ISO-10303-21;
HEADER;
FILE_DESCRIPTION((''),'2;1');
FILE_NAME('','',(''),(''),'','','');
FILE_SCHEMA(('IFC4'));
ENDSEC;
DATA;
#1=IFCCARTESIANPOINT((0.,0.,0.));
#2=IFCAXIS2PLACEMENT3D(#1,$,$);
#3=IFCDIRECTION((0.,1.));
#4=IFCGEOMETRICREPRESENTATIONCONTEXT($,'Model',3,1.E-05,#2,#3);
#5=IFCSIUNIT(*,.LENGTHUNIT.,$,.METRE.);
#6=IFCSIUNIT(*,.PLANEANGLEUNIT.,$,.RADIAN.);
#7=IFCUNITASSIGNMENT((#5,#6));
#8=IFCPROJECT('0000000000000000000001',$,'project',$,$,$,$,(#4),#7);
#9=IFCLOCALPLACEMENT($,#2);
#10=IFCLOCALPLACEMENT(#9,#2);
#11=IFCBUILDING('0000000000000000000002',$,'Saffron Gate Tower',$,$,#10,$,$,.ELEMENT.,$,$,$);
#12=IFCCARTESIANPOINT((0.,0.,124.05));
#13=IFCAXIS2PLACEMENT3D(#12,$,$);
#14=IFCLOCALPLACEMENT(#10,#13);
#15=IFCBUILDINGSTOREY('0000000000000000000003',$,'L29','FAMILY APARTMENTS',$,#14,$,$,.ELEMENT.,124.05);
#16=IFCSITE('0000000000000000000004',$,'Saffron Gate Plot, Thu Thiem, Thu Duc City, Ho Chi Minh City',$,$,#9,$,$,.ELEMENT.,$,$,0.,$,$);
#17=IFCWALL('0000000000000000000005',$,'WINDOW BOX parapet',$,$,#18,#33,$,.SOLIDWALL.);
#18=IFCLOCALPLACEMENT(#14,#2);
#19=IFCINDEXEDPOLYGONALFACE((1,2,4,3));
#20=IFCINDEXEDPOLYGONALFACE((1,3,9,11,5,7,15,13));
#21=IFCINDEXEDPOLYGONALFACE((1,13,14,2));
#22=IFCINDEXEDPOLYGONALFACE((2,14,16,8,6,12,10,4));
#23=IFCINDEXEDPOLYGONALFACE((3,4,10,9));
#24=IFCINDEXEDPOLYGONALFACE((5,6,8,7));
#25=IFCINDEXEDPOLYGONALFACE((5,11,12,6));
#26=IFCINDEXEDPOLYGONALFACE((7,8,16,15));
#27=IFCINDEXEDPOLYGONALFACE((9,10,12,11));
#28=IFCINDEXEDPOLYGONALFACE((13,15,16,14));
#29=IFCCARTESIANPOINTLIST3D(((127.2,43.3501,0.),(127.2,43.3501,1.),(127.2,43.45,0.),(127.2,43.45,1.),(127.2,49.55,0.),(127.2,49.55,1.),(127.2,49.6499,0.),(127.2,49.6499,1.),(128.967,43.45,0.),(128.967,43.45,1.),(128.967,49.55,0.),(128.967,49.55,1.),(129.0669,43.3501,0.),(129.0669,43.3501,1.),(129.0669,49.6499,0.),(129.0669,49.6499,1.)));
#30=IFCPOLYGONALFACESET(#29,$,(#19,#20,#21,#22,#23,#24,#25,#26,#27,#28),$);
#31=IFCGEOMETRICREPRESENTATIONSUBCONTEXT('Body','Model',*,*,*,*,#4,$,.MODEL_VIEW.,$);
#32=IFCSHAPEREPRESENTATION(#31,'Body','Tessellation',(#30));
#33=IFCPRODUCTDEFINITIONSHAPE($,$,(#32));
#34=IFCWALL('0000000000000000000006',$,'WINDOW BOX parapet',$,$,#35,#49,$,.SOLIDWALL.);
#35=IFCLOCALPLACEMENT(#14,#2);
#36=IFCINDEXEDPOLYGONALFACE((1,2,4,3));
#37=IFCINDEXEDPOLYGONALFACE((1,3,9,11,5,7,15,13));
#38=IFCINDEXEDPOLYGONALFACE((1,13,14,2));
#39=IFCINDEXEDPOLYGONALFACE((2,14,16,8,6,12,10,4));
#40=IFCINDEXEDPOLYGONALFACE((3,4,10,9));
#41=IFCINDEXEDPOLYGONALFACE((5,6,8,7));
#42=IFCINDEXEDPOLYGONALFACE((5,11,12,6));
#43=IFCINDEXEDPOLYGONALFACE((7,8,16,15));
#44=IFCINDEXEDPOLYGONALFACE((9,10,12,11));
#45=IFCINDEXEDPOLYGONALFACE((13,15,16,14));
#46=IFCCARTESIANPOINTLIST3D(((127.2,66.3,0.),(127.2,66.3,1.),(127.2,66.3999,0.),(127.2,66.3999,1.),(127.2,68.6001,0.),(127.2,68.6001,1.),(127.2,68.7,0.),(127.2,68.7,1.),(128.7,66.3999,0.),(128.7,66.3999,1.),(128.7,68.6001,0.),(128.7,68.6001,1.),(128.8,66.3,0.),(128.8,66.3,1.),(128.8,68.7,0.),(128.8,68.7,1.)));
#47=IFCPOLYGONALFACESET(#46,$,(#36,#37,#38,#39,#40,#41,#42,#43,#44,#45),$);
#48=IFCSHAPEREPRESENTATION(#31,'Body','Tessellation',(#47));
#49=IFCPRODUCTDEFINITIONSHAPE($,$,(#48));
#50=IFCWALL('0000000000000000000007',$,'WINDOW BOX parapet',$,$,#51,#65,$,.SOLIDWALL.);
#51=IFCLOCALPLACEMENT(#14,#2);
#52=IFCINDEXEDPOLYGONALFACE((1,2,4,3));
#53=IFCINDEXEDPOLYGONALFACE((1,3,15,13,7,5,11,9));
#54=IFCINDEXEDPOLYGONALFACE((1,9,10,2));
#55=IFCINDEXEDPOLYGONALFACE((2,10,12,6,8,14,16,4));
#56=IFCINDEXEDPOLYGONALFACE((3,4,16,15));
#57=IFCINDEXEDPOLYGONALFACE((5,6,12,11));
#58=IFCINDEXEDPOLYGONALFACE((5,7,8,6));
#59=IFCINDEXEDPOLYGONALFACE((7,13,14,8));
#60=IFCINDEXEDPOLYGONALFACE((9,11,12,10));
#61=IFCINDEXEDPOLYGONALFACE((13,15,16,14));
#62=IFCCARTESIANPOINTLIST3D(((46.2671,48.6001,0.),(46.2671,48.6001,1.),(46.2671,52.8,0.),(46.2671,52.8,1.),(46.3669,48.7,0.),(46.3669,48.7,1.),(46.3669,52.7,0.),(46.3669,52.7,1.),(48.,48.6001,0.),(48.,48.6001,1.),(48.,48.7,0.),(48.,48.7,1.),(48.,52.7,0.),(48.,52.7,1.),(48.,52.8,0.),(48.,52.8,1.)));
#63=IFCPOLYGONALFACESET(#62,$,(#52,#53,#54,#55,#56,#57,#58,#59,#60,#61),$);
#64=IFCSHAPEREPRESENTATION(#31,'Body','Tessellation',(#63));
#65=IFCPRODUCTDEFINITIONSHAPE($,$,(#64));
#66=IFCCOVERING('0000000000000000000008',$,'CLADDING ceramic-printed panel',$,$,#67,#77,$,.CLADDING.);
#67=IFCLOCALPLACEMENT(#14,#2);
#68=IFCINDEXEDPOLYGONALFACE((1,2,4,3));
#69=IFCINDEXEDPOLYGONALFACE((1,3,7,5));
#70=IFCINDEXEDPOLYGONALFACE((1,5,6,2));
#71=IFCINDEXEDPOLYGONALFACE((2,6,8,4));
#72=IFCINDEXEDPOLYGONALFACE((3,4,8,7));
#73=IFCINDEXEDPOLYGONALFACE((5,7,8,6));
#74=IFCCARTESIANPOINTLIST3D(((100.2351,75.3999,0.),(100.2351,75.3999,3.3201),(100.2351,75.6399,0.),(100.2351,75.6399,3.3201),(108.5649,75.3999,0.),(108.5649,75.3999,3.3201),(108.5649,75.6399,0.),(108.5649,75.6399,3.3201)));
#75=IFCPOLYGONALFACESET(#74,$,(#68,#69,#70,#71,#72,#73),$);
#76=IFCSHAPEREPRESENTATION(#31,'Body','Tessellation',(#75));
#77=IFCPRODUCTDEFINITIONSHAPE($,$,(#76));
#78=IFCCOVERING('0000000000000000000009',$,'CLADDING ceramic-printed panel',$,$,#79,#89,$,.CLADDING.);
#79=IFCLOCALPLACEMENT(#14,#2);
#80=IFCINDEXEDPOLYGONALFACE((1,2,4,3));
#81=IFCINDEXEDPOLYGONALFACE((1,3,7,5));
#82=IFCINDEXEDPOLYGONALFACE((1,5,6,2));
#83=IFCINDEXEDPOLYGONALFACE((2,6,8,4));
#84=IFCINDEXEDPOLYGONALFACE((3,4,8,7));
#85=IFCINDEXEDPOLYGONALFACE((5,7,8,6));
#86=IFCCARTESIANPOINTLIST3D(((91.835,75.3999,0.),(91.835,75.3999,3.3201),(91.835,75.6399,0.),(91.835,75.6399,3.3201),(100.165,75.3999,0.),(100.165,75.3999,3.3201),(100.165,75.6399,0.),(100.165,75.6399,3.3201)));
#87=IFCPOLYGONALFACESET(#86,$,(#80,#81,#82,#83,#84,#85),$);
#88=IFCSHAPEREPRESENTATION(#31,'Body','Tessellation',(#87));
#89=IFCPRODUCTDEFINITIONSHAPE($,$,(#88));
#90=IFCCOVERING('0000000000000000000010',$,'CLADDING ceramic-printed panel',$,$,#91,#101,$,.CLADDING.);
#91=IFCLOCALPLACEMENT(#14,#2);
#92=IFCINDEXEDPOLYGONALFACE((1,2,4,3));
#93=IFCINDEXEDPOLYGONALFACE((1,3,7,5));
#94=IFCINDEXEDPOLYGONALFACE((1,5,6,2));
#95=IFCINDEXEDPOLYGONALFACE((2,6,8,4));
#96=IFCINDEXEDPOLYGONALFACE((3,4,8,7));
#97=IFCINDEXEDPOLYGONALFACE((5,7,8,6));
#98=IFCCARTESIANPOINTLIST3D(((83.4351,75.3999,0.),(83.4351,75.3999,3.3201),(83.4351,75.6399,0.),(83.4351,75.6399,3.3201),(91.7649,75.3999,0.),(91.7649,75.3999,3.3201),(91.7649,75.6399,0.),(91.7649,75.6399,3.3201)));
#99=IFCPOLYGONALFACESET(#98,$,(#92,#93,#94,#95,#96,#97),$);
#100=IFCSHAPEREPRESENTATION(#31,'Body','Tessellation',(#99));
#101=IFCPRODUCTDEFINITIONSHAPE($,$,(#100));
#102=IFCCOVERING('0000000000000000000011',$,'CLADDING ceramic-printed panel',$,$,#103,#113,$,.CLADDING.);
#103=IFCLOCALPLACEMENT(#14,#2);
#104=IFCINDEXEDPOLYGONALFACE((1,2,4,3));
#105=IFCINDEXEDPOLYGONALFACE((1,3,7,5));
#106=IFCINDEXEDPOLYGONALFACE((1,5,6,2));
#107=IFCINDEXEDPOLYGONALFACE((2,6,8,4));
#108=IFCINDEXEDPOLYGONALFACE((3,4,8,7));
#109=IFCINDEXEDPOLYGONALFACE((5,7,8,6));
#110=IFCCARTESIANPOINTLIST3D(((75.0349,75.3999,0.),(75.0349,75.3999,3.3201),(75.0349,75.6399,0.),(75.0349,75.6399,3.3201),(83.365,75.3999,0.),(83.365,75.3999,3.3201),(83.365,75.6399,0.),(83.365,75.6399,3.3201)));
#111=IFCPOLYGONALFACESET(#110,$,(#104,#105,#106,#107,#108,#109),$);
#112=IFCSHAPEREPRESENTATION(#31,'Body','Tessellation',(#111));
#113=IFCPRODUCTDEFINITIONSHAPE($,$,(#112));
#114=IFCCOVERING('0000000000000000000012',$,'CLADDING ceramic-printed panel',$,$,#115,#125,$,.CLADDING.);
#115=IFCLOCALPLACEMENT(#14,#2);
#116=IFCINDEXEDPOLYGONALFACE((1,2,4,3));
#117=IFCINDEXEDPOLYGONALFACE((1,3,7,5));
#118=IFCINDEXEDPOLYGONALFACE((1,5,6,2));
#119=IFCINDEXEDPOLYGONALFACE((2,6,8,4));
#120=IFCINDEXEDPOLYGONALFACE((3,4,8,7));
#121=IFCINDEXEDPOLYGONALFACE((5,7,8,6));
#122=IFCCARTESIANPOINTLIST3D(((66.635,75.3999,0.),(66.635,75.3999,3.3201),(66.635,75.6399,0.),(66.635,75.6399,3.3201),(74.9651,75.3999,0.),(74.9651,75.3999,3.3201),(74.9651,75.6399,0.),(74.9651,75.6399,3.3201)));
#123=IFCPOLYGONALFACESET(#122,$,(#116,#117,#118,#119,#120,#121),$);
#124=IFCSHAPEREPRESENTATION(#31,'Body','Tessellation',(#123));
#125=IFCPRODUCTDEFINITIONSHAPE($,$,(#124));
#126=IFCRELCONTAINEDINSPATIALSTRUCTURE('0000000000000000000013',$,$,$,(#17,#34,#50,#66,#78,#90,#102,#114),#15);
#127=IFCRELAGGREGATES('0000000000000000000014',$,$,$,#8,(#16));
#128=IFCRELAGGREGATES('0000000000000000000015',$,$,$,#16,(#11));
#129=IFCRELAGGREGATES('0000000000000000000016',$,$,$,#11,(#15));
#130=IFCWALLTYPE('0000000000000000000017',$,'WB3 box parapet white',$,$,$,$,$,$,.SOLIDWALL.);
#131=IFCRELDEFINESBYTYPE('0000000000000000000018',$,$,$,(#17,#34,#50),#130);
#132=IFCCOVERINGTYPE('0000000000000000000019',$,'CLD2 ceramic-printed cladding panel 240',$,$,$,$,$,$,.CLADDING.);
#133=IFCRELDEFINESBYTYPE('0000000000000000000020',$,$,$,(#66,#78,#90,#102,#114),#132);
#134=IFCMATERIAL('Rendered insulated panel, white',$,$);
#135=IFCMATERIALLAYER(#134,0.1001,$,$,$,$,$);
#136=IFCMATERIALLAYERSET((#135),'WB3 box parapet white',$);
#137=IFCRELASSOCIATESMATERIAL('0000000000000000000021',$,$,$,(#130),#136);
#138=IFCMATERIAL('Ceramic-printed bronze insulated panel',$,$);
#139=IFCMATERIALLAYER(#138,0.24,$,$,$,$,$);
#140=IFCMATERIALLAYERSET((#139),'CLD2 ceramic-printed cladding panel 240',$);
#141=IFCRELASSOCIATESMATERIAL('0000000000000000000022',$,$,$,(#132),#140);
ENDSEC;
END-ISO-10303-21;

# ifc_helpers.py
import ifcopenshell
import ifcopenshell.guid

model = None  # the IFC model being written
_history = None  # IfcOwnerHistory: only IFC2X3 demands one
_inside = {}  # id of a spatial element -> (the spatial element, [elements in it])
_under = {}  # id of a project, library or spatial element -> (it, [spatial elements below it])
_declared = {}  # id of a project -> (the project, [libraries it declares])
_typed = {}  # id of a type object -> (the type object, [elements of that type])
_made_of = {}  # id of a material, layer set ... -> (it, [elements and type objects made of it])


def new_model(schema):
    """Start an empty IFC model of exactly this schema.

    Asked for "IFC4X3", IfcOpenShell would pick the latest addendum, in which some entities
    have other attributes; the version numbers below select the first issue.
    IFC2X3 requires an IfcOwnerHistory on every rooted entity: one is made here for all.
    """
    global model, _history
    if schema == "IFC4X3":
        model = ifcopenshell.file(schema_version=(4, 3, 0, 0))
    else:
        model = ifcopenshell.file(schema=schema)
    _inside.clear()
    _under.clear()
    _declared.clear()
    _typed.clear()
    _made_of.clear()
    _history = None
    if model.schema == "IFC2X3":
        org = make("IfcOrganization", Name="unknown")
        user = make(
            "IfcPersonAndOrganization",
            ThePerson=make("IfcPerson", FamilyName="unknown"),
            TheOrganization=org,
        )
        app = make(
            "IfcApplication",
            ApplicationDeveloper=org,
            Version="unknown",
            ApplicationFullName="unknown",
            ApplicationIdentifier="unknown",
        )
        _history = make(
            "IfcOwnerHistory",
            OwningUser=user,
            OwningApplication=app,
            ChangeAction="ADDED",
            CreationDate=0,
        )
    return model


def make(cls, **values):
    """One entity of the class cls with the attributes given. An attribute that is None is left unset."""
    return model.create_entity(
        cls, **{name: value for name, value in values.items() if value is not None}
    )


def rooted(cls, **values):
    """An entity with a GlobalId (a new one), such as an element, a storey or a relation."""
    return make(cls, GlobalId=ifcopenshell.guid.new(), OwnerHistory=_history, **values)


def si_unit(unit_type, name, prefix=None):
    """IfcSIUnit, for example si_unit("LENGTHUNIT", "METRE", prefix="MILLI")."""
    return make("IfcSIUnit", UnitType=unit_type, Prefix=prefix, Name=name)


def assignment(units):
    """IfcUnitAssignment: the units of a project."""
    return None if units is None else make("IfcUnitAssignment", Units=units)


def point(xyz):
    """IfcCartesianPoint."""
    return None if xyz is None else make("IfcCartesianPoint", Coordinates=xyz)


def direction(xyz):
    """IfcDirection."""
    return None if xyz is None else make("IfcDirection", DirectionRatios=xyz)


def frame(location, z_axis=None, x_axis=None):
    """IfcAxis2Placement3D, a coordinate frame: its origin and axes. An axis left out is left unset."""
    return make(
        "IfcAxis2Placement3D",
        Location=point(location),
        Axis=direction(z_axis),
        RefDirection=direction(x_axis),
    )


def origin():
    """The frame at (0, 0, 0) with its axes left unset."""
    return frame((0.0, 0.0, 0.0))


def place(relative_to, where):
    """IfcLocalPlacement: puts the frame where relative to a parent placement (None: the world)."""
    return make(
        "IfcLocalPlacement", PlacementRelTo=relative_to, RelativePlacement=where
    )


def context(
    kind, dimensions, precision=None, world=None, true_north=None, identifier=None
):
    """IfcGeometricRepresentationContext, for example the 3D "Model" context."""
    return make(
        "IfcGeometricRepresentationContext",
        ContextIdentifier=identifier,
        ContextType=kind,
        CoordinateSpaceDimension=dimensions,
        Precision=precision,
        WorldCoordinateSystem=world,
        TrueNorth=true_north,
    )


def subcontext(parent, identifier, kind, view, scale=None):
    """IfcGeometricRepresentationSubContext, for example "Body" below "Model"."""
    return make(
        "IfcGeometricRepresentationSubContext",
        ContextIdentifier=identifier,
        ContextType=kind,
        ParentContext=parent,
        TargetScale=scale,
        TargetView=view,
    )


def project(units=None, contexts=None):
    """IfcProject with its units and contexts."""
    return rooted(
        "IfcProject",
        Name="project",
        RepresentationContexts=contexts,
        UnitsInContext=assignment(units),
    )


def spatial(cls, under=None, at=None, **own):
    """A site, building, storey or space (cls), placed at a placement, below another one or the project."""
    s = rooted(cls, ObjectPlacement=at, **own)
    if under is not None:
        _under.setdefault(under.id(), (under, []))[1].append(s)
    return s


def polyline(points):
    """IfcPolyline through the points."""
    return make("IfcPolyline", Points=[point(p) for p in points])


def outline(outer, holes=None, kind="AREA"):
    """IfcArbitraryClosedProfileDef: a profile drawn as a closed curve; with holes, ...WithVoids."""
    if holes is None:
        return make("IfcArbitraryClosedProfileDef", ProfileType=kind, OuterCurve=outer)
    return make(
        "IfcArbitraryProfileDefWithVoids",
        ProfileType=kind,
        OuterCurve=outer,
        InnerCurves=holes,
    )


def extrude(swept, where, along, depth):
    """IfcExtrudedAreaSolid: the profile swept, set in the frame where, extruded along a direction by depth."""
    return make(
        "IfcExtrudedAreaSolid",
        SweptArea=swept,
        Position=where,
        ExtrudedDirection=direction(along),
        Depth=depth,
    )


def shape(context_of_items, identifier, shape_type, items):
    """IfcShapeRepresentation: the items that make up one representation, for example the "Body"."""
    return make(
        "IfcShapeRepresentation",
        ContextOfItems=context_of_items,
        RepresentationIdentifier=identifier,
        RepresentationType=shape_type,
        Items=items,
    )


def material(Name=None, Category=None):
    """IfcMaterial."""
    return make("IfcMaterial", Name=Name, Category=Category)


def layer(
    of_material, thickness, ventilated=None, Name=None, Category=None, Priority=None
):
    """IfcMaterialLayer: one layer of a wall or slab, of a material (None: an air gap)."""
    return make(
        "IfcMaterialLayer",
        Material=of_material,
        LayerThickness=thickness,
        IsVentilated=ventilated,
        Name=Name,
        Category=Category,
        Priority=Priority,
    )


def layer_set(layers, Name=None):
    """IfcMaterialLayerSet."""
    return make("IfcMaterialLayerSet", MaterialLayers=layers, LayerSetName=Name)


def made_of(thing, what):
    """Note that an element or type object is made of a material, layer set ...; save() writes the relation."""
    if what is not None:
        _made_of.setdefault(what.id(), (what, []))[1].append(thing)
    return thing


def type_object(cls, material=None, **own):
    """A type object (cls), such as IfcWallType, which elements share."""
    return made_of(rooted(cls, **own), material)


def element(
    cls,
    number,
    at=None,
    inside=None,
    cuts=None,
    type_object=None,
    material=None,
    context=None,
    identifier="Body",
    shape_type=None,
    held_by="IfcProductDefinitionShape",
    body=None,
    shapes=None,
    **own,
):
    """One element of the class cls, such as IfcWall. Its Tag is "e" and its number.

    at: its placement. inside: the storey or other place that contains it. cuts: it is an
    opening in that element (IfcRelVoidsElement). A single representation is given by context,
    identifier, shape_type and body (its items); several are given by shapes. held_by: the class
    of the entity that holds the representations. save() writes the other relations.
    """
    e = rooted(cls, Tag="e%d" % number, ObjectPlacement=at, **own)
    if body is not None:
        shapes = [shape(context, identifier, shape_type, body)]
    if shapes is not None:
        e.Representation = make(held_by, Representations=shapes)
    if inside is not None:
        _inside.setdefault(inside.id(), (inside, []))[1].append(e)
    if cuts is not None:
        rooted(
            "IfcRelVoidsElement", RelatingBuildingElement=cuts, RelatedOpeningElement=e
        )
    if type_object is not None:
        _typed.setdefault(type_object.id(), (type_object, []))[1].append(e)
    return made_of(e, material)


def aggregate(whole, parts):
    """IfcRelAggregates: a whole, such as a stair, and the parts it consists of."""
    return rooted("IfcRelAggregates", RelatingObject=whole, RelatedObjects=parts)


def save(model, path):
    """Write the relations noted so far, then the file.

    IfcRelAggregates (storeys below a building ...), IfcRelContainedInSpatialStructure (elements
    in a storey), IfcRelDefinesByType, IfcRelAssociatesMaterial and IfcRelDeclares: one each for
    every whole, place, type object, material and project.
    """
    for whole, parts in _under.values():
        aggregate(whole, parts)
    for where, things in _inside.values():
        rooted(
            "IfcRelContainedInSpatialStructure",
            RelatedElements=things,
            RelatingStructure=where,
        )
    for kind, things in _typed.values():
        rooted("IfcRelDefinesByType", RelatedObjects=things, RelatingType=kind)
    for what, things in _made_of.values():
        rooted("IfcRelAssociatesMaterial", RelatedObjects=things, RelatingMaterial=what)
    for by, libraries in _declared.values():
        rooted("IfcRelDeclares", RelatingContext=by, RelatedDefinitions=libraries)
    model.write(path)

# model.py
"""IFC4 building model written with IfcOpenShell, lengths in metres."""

from ifc_helpers import new_model, si_unit, direction, frame, origin, place, context, subcontext, project, spatial, polyline, outline, extrude, material, layer, layer_set, type_object, element, save


model = new_model("IFC4")

# Units and contexts
model_context = context("Model", 3, precision=1e-05, world=origin(), true_north=direction((0.0, 1.0)))
body_context = subcontext(model_context, "Body", "Model", "MODEL_VIEW")
ifc_project = project(units=[si_unit("LENGTHUNIT", "METRE"), si_unit("PLANEANGLEUNIT", "RADIAN")], contexts=[model_context])

# Site, building, storey
site_placement = place(None, origin())
site = spatial("IfcSite", under=ifc_project, at=site_placement, Name="Saffron Gate Plot, Thu Thiem, Thu Duc City, Ho Chi Minh City", CompositionType="ELEMENT", RefElevation=0.0)
building_placement = place(site_placement, origin())
building = spatial("IfcBuilding", under=site, at=building_placement, Name="Saffron Gate Tower", CompositionType="ELEMENT")
storey_placement = place(building_placement, frame((0.0, 0.0, 124.05)))
storey = spatial("IfcBuildingStorey", under=building, at=storey_placement, Name="L29", Description="FAMILY APARTMENTS", CompositionType="ELEMENT", Elevation=124.05)

# Walls
ifc_material_1 = material(Name="Rendered insulated panel, white")
ifc_layer_1 = layer(ifc_material_1, 0.1001)
ifc_layer_set_1 = layer_set([ifc_layer_1], Name="WB3 box parapet white")
wall_type = type_object("IfcWallType", Name="WB3 box parapet white", PredefinedType="SOLIDWALL", material=ifc_layer_set_1)
wall_1_placement = place(storey_placement, origin())
element("IfcWall", 1, at=wall_1_placement, inside=storey, type_object=wall_type, Name="WINDOW BOX parapet", PredefinedType="SOLIDWALL", context=body_context, shape_type="SweptSolid", body=[
    extrude(outline(polyline([(127.2, 43.3501), (127.2, 43.45), (128.967, 43.45), (128.967, 49.55), (127.2, 49.55), (127.2, 49.6499), (129.0669, 49.6499), (129.0669, 43.3501), (127.2, 43.3501)])), origin(), (0.0, 0.0, 1.0), 1.0),
])
wall_2_placement = place(storey_placement, origin())
element("IfcWall", 2, at=wall_2_placement, inside=storey, type_object=wall_type, Name="WINDOW BOX parapet", PredefinedType="SOLIDWALL", context=body_context, shape_type="SweptSolid", body=[
    extrude(outline(polyline([(127.2, 66.3), (127.2, 66.3999), (128.7, 66.3999), (128.7, 68.6001), (127.2, 68.6001), (127.2, 68.7), (128.8, 68.7), (128.8, 66.3), (127.2, 66.3)])), origin(), (0.0, 0.0, 1.0), 1.0),
])
wall_3_placement = place(storey_placement, origin())
element("IfcWall", 3, at=wall_3_placement, inside=storey, type_object=wall_type, Name="WINDOW BOX parapet", PredefinedType="SOLIDWALL", context=body_context, shape_type="SweptSolid", body=[
    extrude(outline(polyline([(48.0, 52.8), (48.0, 52.7), (46.3669, 52.7), (46.3669, 48.7), (48.0, 48.7), (48.0, 48.6001), (46.2671, 48.6001), (46.2671, 52.8), (48.0, 52.8)])), origin(), (0.0, 0.0, 1.0), 1.0),
])

# Coverings
ifc_material_2 = material(Name="Ceramic-printed bronze insulated panel")
ifc_layer_2 = layer(ifc_material_2, 0.24)
ifc_layer_set_2 = layer_set([ifc_layer_2], Name="CLD2 ceramic-printed cladding panel 240")
covering_type = type_object("IfcCoveringType", Name="CLD2 ceramic-printed cladding panel 240", PredefinedType="CLADDING", material=ifc_layer_set_2)
covering_1_placement = place(storey_placement, origin())
element("IfcCovering", 4, at=covering_1_placement, inside=storey, type_object=covering_type, Name="CLADDING ceramic-printed panel", PredefinedType="CLADDING", context=body_context, shape_type="SweptSolid", body=[
    extrude(outline(polyline([(108.5649, 75.6399), (100.2351, 75.6399), (100.2351, 75.3999), (108.5649, 75.3999), (108.5649, 75.6399)])), origin(), (0.0, 0.0, 1.0), 3.3201),
])
covering_2_placement = place(storey_placement, origin())
element("IfcCovering", 5, at=covering_2_placement, inside=storey, type_object=covering_type, Name="CLADDING ceramic-printed panel", PredefinedType="CLADDING", context=body_context, shape_type="SweptSolid", body=[
    extrude(outline(polyline([(100.165, 75.6399), (91.835, 75.6399), (91.835, 75.3999), (100.165, 75.3999), (100.165, 75.6399)])), origin(), (0.0, 0.0, 1.0), 3.3201),
])
covering_3_placement = place(storey_placement, origin())
element("IfcCovering", 6, at=covering_3_placement, inside=storey, type_object=covering_type, Name="CLADDING ceramic-printed panel", PredefinedType="CLADDING", context=body_context, shape_type="SweptSolid", body=[
    extrude(outline(polyline([(91.7649, 75.6399), (83.4351, 75.6399), (83.4351, 75.3999), (91.7649, 75.3999), (91.7649, 75.6399)])), origin(), (0.0, 0.0, 1.0), 3.3201),
])
covering_4_placement = place(storey_placement, origin())
element("IfcCovering", 7, at=covering_4_placement, inside=storey, type_object=covering_type, Name="CLADDING ceramic-printed panel", PredefinedType="CLADDING", context=body_context, shape_type="SweptSolid", body=[
    extrude(outline(polyline([(83.365, 75.6399), (75.0349, 75.6399), (75.0349, 75.3999), (83.365, 75.3999), (83.365, 75.6399)])), origin(), (0.0, 0.0, 1.0), 3.3201),
])
covering_5_placement = place(storey_placement, origin())
element("IfcCovering", 8, at=covering_5_placement, inside=storey, type_object=covering_type, Name="CLADDING ceramic-printed panel", PredefinedType="CLADDING", context=body_context, shape_type="SweptSolid", body=[
    extrude(outline(polyline([(74.9651, 75.6399), (66.635, 75.6399), (66.635, 75.3999), (74.9651, 75.3999), (74.9651, 75.6399)])), origin(), (0.0, 0.0, 1.0), 3.3201),
])

save(model, "model.ifc")
